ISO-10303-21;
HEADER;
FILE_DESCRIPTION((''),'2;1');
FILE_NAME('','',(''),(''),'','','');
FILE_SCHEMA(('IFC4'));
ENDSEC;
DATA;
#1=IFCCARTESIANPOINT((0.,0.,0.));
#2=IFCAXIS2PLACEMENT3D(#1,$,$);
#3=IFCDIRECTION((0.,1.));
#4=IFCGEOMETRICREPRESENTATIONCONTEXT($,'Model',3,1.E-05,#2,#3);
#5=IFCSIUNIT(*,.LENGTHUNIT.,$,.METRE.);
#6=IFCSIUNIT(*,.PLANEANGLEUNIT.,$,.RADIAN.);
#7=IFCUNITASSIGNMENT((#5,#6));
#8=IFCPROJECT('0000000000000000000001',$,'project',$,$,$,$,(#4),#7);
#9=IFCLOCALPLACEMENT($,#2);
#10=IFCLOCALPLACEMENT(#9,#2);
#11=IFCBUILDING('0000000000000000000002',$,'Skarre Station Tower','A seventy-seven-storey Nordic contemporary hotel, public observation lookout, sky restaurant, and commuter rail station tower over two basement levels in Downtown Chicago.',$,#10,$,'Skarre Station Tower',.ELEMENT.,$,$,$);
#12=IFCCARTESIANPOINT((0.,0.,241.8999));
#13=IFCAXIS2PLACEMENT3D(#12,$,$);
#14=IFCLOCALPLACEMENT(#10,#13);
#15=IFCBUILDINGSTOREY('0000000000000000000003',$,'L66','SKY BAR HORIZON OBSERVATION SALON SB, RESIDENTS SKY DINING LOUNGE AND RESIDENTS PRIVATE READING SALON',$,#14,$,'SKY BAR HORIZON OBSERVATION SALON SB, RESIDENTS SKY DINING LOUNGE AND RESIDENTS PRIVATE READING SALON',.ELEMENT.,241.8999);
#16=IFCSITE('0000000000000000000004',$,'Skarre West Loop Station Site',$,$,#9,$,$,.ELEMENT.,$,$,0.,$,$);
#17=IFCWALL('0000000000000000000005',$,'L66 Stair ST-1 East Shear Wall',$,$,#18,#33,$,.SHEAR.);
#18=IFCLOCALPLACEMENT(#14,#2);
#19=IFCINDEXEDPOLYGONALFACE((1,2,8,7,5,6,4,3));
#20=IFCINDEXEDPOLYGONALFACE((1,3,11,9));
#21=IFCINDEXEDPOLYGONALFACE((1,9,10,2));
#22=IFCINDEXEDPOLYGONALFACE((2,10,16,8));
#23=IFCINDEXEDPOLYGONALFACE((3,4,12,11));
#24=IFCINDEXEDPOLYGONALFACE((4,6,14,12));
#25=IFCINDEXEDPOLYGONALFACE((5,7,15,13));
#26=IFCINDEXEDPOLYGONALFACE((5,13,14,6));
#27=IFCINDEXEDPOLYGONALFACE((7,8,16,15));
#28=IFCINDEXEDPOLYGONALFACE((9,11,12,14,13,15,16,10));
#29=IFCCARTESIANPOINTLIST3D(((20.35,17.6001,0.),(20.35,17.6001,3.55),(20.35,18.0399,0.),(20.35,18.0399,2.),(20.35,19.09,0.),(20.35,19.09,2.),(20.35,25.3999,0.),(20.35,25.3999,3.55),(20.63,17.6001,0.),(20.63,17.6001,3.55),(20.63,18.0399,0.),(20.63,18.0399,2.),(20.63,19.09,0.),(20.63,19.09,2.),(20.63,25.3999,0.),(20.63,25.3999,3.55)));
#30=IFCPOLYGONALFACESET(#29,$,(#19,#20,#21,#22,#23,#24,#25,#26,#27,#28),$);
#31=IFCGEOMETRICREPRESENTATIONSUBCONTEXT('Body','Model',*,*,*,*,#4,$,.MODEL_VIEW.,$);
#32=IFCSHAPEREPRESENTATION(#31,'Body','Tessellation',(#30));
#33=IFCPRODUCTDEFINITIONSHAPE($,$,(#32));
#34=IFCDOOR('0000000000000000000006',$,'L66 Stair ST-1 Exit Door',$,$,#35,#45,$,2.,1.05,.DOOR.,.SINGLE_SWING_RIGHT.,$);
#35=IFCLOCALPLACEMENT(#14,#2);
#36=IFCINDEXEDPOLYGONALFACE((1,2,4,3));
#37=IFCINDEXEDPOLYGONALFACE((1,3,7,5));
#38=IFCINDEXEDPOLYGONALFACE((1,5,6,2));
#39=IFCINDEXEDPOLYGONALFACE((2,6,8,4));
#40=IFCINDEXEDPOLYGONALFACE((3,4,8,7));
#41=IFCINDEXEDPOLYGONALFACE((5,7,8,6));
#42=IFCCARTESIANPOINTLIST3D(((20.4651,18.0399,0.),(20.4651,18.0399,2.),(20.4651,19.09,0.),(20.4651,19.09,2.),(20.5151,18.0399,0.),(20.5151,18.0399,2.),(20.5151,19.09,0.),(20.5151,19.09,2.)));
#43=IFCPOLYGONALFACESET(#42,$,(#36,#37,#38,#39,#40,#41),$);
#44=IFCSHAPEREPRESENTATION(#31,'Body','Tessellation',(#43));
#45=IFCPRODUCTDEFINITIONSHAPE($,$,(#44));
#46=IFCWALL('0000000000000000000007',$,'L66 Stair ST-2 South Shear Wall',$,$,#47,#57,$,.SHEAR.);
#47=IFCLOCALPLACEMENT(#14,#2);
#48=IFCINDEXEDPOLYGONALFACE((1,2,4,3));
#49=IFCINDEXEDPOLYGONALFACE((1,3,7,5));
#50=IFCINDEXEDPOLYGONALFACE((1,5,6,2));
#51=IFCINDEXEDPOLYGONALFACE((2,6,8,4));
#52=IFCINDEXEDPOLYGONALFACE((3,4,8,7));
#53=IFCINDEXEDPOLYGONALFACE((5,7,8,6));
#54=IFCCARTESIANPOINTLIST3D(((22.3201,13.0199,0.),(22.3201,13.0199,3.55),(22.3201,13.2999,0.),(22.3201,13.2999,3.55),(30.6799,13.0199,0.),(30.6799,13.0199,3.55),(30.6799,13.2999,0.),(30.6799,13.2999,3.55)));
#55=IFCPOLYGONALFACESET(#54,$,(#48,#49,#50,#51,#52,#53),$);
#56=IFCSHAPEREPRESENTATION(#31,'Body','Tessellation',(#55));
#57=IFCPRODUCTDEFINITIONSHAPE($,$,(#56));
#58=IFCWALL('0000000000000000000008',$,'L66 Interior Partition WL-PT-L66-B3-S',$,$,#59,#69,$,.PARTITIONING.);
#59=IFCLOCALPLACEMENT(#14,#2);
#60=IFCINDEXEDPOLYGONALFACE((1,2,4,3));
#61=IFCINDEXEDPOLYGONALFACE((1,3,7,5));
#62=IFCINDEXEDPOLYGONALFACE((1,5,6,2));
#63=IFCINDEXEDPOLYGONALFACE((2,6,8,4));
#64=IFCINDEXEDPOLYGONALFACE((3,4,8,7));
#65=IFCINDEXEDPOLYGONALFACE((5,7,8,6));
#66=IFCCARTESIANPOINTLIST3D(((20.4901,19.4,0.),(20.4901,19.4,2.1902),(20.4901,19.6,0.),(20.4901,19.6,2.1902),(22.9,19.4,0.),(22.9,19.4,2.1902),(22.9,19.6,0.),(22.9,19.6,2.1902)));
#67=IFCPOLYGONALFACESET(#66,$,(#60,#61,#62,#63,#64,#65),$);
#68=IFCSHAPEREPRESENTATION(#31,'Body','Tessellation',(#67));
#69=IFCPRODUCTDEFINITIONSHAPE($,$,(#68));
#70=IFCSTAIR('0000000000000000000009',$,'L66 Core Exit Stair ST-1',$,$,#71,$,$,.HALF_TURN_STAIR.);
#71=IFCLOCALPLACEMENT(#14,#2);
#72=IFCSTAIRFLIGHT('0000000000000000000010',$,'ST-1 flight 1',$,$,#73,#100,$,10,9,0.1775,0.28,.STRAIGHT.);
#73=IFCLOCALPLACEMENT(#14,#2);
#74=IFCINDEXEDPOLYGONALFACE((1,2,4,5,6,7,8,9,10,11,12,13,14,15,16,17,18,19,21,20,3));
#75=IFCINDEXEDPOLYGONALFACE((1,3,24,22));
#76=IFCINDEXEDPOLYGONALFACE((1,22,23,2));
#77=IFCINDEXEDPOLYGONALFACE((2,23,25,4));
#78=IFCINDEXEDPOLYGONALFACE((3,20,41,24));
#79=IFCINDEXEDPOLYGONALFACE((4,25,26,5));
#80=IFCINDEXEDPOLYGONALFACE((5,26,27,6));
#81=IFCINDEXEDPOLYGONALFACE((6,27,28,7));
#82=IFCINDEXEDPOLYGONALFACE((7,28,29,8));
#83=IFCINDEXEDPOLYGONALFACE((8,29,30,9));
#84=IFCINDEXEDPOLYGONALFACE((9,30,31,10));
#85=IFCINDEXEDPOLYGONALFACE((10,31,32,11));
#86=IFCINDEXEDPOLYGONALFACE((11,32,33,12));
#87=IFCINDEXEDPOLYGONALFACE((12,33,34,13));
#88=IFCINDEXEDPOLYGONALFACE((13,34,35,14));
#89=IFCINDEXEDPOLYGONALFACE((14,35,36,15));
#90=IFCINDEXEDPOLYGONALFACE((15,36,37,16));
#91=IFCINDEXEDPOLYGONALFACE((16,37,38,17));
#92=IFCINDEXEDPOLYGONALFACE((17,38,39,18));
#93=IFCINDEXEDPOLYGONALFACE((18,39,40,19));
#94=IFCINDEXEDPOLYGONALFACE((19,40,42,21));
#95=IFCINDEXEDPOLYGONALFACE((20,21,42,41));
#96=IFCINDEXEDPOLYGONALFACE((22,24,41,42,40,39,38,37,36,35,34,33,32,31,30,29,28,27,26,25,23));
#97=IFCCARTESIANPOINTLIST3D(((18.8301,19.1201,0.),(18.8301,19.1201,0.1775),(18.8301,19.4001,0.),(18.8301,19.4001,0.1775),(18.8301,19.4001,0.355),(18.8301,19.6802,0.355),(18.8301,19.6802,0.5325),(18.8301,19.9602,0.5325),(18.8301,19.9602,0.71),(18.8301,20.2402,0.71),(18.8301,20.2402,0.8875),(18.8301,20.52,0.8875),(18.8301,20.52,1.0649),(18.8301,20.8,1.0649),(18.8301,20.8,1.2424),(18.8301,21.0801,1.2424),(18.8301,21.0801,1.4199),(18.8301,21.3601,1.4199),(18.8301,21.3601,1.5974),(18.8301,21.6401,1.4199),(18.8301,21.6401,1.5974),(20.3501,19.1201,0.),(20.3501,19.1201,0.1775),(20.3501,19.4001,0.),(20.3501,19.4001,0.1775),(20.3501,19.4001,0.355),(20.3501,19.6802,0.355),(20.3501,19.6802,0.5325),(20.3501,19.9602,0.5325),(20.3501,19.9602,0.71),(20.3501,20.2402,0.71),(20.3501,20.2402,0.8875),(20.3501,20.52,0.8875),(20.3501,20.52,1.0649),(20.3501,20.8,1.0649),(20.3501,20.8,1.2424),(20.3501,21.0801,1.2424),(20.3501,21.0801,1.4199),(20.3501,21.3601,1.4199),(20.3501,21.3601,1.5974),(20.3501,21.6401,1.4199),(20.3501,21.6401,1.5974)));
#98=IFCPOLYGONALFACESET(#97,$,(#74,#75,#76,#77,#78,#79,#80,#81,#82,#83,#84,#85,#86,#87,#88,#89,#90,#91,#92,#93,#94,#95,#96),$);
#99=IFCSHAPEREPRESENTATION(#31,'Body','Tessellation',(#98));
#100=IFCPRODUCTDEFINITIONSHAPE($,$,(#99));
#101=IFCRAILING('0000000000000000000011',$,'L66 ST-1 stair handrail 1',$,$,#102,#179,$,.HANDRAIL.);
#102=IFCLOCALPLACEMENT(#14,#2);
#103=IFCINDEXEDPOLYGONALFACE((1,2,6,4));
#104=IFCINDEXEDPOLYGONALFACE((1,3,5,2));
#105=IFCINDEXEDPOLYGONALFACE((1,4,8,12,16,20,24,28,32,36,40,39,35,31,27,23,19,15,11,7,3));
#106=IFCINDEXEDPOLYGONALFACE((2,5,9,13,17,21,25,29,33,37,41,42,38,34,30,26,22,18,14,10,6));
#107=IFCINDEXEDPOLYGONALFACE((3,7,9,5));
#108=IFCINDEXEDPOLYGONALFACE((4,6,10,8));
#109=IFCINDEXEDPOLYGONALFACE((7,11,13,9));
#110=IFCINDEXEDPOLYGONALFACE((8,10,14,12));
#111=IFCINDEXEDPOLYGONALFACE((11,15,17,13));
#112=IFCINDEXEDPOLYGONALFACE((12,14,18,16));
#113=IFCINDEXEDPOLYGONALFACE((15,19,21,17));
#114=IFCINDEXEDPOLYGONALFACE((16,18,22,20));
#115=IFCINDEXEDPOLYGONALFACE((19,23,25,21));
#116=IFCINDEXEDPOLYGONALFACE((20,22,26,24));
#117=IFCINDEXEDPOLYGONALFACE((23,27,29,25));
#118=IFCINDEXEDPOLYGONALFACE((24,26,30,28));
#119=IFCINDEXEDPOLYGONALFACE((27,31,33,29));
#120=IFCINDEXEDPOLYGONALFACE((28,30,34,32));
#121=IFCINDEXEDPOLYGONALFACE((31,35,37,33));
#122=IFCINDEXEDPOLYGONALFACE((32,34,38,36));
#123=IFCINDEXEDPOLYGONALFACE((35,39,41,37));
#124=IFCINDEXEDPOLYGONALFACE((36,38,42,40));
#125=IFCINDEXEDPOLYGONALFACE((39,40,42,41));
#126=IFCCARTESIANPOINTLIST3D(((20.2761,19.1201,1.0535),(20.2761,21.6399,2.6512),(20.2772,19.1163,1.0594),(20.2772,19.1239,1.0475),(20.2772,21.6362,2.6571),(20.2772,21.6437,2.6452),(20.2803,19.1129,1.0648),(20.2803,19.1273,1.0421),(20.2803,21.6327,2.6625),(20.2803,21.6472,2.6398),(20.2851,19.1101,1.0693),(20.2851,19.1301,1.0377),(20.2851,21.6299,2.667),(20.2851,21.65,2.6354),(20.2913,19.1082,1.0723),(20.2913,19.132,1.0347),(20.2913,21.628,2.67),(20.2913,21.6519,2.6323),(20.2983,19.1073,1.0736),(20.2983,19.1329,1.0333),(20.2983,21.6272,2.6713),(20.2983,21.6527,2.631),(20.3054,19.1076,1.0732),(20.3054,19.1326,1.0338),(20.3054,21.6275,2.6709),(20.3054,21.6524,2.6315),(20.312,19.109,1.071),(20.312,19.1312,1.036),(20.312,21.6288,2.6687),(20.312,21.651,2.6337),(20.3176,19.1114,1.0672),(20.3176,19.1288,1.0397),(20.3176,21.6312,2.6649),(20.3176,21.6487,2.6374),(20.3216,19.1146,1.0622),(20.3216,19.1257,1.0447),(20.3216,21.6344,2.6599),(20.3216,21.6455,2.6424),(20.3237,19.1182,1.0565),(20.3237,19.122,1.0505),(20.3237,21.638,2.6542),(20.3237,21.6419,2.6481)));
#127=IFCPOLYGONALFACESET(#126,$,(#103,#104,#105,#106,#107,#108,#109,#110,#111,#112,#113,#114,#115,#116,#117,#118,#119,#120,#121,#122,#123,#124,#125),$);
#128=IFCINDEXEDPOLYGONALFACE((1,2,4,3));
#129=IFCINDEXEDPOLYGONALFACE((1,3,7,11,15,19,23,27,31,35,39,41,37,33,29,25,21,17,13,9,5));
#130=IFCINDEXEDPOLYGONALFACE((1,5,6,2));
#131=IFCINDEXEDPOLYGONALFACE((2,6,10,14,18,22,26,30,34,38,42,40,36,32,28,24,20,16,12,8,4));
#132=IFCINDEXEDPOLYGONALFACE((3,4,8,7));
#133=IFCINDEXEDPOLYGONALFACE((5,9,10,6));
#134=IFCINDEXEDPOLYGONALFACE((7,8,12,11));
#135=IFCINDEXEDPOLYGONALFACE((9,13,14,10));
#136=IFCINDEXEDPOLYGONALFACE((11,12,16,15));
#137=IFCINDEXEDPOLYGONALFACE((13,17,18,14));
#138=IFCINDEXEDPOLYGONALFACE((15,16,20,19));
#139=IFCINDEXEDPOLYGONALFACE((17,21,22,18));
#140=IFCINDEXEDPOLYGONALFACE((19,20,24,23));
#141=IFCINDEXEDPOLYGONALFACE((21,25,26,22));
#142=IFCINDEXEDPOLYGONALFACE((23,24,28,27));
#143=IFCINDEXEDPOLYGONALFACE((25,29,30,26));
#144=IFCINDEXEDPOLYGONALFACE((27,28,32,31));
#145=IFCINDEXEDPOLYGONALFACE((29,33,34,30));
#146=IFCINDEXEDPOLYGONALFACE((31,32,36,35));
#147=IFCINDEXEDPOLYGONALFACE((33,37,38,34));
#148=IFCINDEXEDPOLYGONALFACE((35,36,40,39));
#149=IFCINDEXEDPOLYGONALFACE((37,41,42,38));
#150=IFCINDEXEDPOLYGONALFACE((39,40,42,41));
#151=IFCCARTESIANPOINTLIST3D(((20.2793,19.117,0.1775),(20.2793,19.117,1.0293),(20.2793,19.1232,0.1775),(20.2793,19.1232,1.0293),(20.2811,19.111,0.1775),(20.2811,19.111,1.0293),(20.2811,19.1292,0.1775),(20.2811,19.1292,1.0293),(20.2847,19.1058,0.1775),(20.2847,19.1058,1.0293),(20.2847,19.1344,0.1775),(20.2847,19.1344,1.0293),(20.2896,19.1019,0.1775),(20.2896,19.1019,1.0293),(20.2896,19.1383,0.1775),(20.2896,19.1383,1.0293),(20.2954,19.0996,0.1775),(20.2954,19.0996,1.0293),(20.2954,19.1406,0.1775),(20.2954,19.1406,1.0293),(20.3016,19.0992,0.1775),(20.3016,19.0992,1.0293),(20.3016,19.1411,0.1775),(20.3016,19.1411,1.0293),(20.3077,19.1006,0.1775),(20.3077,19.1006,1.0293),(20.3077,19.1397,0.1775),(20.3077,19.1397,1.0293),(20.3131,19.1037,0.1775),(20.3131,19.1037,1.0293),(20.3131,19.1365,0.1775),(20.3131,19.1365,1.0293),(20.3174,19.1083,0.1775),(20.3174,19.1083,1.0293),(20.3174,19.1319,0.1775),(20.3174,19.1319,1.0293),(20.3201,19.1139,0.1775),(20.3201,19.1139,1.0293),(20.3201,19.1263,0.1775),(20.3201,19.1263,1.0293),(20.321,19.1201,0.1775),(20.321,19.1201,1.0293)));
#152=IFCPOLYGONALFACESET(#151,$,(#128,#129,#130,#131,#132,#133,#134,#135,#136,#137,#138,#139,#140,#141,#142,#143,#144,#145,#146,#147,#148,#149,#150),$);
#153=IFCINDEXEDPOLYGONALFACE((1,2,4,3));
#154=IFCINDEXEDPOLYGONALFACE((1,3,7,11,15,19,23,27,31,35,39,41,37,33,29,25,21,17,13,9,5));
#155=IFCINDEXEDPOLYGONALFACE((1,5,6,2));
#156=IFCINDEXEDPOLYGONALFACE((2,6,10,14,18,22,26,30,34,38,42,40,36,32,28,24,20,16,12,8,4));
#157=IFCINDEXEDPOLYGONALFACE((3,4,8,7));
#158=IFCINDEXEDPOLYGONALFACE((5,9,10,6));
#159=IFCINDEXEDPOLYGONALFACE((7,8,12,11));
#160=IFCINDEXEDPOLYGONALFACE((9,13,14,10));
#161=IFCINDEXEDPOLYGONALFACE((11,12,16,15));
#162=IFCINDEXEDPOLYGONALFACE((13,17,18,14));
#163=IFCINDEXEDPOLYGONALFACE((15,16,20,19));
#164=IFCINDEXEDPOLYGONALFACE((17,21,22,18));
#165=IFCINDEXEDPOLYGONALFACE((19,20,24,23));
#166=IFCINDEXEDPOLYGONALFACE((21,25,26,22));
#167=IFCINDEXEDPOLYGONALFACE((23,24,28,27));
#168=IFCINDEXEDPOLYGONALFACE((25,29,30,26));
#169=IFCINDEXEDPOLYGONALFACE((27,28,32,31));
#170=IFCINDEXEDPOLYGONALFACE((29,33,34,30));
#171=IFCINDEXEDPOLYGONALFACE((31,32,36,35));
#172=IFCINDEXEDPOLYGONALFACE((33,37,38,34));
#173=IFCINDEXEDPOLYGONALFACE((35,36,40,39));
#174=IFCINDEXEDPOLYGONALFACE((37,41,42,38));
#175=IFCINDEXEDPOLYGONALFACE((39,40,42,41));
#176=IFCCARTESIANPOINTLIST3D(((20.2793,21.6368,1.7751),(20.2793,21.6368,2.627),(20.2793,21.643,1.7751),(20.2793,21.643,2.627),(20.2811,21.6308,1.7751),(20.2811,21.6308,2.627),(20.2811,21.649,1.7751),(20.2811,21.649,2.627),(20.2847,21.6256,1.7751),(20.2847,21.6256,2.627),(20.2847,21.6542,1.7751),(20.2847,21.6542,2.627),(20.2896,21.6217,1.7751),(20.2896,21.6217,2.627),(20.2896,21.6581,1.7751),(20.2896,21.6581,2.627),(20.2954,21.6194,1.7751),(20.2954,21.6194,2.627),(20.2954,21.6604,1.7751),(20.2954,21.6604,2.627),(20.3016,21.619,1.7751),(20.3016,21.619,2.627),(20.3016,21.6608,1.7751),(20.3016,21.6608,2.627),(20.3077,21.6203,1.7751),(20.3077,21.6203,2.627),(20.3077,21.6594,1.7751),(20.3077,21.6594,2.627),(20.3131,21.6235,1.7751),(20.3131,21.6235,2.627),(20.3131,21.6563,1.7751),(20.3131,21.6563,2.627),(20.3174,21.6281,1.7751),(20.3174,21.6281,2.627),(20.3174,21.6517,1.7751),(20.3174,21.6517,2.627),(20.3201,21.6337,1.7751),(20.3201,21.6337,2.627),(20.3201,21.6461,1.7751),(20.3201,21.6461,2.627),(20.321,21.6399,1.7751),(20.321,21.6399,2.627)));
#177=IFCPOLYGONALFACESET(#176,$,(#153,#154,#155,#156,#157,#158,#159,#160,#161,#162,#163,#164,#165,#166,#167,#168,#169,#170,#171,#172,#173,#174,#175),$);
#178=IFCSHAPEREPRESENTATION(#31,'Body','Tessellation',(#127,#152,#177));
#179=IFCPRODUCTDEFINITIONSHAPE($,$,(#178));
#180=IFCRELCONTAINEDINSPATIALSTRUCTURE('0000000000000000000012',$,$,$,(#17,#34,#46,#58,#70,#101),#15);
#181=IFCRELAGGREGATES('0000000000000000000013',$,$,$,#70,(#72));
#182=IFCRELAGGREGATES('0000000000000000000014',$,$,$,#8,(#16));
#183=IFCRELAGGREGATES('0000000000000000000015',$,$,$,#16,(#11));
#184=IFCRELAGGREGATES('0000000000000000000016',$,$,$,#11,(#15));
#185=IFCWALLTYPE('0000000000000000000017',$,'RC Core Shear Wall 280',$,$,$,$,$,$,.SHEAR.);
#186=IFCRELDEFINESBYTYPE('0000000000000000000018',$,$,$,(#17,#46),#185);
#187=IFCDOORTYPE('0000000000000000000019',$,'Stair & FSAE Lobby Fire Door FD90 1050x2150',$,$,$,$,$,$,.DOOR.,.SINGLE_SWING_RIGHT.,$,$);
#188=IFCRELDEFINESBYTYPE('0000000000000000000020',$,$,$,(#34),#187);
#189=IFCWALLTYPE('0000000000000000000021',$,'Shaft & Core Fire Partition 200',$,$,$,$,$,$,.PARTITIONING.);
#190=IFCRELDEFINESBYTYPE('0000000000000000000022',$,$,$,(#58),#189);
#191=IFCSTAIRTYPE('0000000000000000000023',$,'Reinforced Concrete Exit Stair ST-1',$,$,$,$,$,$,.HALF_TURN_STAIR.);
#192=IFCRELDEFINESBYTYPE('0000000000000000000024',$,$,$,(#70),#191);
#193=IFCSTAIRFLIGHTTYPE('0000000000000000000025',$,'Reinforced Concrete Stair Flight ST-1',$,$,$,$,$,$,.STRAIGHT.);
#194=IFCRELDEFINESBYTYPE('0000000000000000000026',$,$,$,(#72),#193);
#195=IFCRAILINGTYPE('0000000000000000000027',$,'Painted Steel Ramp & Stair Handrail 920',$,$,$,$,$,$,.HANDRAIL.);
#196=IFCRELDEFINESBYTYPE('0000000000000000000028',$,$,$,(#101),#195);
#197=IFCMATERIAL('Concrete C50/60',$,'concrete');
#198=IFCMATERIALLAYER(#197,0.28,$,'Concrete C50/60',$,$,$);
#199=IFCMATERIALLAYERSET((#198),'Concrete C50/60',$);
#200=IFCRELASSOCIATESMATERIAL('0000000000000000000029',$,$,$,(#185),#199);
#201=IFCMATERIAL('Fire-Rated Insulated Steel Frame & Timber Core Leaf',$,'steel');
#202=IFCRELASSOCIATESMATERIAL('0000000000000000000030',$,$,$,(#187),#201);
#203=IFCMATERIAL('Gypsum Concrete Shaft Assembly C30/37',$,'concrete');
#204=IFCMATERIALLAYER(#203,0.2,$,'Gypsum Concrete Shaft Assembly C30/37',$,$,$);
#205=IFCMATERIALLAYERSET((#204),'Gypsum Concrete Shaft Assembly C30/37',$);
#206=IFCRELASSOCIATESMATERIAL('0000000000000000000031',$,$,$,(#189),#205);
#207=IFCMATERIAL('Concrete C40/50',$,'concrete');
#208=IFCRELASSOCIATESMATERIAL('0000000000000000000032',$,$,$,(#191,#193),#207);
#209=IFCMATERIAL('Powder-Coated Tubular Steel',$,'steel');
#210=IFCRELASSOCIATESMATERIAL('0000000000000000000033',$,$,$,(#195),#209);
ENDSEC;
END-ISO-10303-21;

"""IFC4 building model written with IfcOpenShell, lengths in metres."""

from ifc_helpers import new_model, si_unit, direction, frame, frame_2d, origin, origin_2d, place, context, subcontext, project, spatial, polyline, rectangle, circle, outline, extrude, material, layer, layer_set, type_object, element, fill, aggregate, save


model = new_model("IFC4")

# Units and contexts
model_context = context("Model", 3, precision=1e-05, world=origin(), true_north=direction((0.0, 1.0)))
body_context = subcontext(model_context, "Body", "Model", "MODEL_VIEW")
ifc_project = project(units=[si_unit("LENGTHUNIT", "METRE"), si_unit("PLANEANGLEUNIT", "RADIAN")], contexts=[model_context])

# Site, building, storey
site_placement = place(None, origin())
site = spatial("IfcSite", under=ifc_project, at=site_placement, Name="Skarre West Loop Station Site", CompositionType="ELEMENT", RefElevation=0.0)
building_placement = place(site_placement, origin())
building = spatial("IfcBuilding", under=site, at=building_placement, Name="Skarre Station Tower", Description="A seventy-seven-storey Nordic contemporary hotel, public observation lookout, sky restaurant, and commuter rail station tower over two basement levels in Downtown Chicago.", LongName="Skarre Station Tower", CompositionType="ELEMENT")
storey_placement = place(building_placement, frame((0.0, 0.0, 241.8999)))
storey = spatial("IfcBuildingStorey", under=building, at=storey_placement, Name="L66", Description="SKY BAR HORIZON OBSERVATION SALON SB, RESIDENTS SKY DINING LOUNGE AND RESIDENTS PRIVATE READING SALON", LongName="SKY BAR HORIZON OBSERVATION SALON SB, RESIDENTS SKY DINING LOUNGE AND RESIDENTS PRIVATE READING SALON", CompositionType="ELEMENT", Elevation=241.8999)

# Shared definitions
ifc_material_1 = material(Name="Concrete C50/60", Category="concrete")

# Wall, opening, door
ifc_layer_1 = layer(ifc_material_1, 0.28, Name="Concrete C50/60")
ifc_layer_set_1 = layer_set([ifc_layer_1], Name="Concrete C50/60")
wall_type_1 = type_object("IfcWallType", Name="RC Core Shear Wall 280", PredefinedType="SHEAR", material=ifc_layer_set_1)
wall_1_placement = place(storey_placement, frame((20.49, 17.6001, 0.0), z_axis=(0.0, 0.0, 1.0), x_axis=(0.0, 1.0, 0.0)))
wall_1 = element("IfcWall", 1, at=wall_1_placement, inside=storey, type_object=wall_type_1, Name="L66 Stair ST-1 East Shear Wall", PredefinedType="SHEAR", context=body_context, shape_type="SweptSolid", body=[
    extrude(rectangle(XDim=7.7998, YDim=0.28, at=frame_2d((3.8999, 0.0))), origin(), (0.0, 0.0, 1.0), 3.55),
])
opening_1_placement = place(wall_1_placement, frame((0.4399, 0.0, 0.0)))
opening_1 = element("IfcOpeningElement", 2, at=opening_1_placement, cuts=wall_1, PredefinedType="OPENING", context=body_context, shape_type="SweptSolid", body=[
    extrude(rectangle(XDim=1.05, YDim=2.0, at=frame_2d((0.5249, 1.0))), frame((0.0, 0.1499, 0.0), z_axis=(0.0, -1.0, 0.0), x_axis=(1.0, 0.0, 0.0)), (0.0, 0.0, 1.0), 0.3),
])
ifc_material_2 = material(Name="Fire-Rated Insulated Steel Frame & Timber Core Leaf", Category="steel")
door_type_1 = type_object("IfcDoorType", Name="Stair & FSAE Lobby Fire Door FD90 1050x2150", OperationType="SINGLE_SWING_RIGHT", PredefinedType="DOOR", material=ifc_material_2)
door_1_placement = place(opening_1_placement, origin())
door_1 = element("IfcDoor", 3, at=door_1_placement, inside=storey, type_object=door_type_1, Name="L66 Stair ST-1 Exit Door", OperationType="SINGLE_SWING_RIGHT", OverallHeight=2.0, OverallWidth=1.05, PredefinedType="DOOR", context=body_context, shape_type="SweptSolid", body=[
    extrude(rectangle(XDim=1.05, YDim=2.0, at=frame_2d((0.5249, 1.0))), frame((0.0, 0.0249, 0.0), z_axis=(0.0, -1.0, 0.0), x_axis=(1.0, 0.0, 0.0)), (0.0, 0.0, 1.0), 0.05),
])
fill(opening_1, door_1)

# Walls
wall_2_placement = place(storey_placement, frame((22.3201, 13.1599, 0.0), z_axis=(0.0, 0.0, 1.0), x_axis=(1.0, 0.0, 0.0)))
element("IfcWall", 4, at=wall_2_placement, inside=storey, type_object=wall_type_1, Name="L66 Stair ST-2 South Shear Wall", PredefinedType="SHEAR", context=body_context, shape_type="SweptSolid", body=[
    extrude(rectangle(XDim=8.3599, YDim=0.28, at=frame_2d((4.1799, 0.0))), origin(), (0.0, 0.0, 1.0), 3.55),
])
ifc_material_3 = material(Name="Gypsum Concrete Shaft Assembly C30/37", Category="concrete")
ifc_layer_2 = layer(ifc_material_3, 0.2, Name="Gypsum Concrete Shaft Assembly C30/37")
ifc_layer_set_2 = layer_set([ifc_layer_2], Name="Gypsum Concrete Shaft Assembly C30/37")
wall_type_2 = type_object("IfcWallType", Name="Shaft & Core Fire Partition 200", PredefinedType="PARTITIONING", material=ifc_layer_set_2)
wall_3_placement = place(storey_placement, frame((20.49, 19.5, 0.0), z_axis=(0.0, 0.0, 1.0), x_axis=(1.0, 0.0, 0.0)))
element("IfcWall", 5, at=wall_3_placement, inside=storey, type_object=wall_type_2, Name="L66 Interior Partition WL-PT-L66-B3-S", PredefinedType="PARTITIONING", context=body_context, shape_type="SweptSolid", body=[
    extrude(rectangle(XDim=2.4099, YDim=0.2, at=frame_2d((1.2051, 0.0))), origin(), (0.0, 0.0, 1.0), 2.1902),
])

# Stair, stair flight
ifc_material_4 = material(Name="Concrete C40/50", Category="concrete")
stair_type = type_object("IfcStairType", Name="Reinforced Concrete Exit Stair ST-1", PredefinedType="HALF_TURN_STAIR", material=ifc_material_4)
stair_placement = place(storey_placement, origin())
stair = element("IfcStair", 6, at=stair_placement, inside=storey, type_object=stair_type, Name="L66 Core Exit Stair ST-1", PredefinedType="HALF_TURN_STAIR")
stair_flight_type = type_object("IfcStairFlightType", Name="Reinforced Concrete Stair Flight ST-1", PredefinedType="STRAIGHT", material=ifc_material_4)
stair_flight_placement = place(storey_placement, frame((19.5901, 19.1201, 0.0), z_axis=(0.0, 0.0, 1.0), x_axis=(0.0, 1.0, 0.0)))
stair_flight = element("IfcStairFlight", 7, at=stair_flight_placement, type_object=stair_flight_type, Name="ST-1 flight 1", NumberOfRisers=10, NumberOfTreads=9, PredefinedType="STRAIGHT", RiserHeight=0.1775, TreadLength=0.28, context=body_context, shape_type="SweptSolid", body=[
    extrude(outline(polyline([(0.0, 0.0), (0.0, 0.1775), (0.28, 0.1775), (0.28, 0.355), (0.5601, 0.355), (0.5601, 0.5325), (0.8401, 0.5325), (0.8401, 0.71), (1.1201, 0.71), (1.1201, 0.8875), (1.3999, 0.8875), (1.3999, 1.0649), (1.6799, 1.0649), (1.6799, 1.2424), (1.96, 1.2424), (1.96, 1.4199), (2.24, 1.4199), (2.24, 1.5974), (2.52, 1.5974), (2.52, 1.7749), (2.52, 1.4199), (0.28, 0.0), (0.0, 0.0)])), frame((0.0, 0.76, 0.0), z_axis=(0.0, -1.0, 0.0), x_axis=(1.0, 0.0, 0.0)), (0.0, 0.0, 1.0), 1.52),
])
aggregate(stair, [stair_flight])

# Railing
ifc_material_5 = material(Name="Powder-Coated Tubular Steel", Category="steel")
railing_type_1 = type_object("IfcRailingType", Name="Painted Steel Ramp & Stair Handrail 920", PredefinedType="HANDRAIL", material=ifc_material_5)
railing_1_placement = place(storey_placement, frame((20.3, 19.1201, 0.1775)))
element("IfcRailing", 8, at=railing_1_placement, inside=storey, type_object=railing_type_1, Name="L66 ST-1 stair handrail 1", PredefinedType="HANDRAIL", context=body_context, shape_type="SweptSolid", body=[
    extrude(circle(Radius=0.0239, at=origin_2d()), frame((0.0, 0.0, 0.876), z_axis=(0.0, 0.844546, 0.535482), x_axis=(-1.0, 0.0, 0.0)), (0.0, 0.0, 1.0), 2.9836),
    extrude(circle(Radius=0.021, at=origin_2d()), origin(), (0.0, 0.0, 1.0), 0.8518),
    extrude(circle(Radius=0.021, at=origin_2d()), frame((0.0, 2.5198, 1.5977)), (0.0, 0.0, 1.0), 0.8518),
])

save(model, "model.ifc")
